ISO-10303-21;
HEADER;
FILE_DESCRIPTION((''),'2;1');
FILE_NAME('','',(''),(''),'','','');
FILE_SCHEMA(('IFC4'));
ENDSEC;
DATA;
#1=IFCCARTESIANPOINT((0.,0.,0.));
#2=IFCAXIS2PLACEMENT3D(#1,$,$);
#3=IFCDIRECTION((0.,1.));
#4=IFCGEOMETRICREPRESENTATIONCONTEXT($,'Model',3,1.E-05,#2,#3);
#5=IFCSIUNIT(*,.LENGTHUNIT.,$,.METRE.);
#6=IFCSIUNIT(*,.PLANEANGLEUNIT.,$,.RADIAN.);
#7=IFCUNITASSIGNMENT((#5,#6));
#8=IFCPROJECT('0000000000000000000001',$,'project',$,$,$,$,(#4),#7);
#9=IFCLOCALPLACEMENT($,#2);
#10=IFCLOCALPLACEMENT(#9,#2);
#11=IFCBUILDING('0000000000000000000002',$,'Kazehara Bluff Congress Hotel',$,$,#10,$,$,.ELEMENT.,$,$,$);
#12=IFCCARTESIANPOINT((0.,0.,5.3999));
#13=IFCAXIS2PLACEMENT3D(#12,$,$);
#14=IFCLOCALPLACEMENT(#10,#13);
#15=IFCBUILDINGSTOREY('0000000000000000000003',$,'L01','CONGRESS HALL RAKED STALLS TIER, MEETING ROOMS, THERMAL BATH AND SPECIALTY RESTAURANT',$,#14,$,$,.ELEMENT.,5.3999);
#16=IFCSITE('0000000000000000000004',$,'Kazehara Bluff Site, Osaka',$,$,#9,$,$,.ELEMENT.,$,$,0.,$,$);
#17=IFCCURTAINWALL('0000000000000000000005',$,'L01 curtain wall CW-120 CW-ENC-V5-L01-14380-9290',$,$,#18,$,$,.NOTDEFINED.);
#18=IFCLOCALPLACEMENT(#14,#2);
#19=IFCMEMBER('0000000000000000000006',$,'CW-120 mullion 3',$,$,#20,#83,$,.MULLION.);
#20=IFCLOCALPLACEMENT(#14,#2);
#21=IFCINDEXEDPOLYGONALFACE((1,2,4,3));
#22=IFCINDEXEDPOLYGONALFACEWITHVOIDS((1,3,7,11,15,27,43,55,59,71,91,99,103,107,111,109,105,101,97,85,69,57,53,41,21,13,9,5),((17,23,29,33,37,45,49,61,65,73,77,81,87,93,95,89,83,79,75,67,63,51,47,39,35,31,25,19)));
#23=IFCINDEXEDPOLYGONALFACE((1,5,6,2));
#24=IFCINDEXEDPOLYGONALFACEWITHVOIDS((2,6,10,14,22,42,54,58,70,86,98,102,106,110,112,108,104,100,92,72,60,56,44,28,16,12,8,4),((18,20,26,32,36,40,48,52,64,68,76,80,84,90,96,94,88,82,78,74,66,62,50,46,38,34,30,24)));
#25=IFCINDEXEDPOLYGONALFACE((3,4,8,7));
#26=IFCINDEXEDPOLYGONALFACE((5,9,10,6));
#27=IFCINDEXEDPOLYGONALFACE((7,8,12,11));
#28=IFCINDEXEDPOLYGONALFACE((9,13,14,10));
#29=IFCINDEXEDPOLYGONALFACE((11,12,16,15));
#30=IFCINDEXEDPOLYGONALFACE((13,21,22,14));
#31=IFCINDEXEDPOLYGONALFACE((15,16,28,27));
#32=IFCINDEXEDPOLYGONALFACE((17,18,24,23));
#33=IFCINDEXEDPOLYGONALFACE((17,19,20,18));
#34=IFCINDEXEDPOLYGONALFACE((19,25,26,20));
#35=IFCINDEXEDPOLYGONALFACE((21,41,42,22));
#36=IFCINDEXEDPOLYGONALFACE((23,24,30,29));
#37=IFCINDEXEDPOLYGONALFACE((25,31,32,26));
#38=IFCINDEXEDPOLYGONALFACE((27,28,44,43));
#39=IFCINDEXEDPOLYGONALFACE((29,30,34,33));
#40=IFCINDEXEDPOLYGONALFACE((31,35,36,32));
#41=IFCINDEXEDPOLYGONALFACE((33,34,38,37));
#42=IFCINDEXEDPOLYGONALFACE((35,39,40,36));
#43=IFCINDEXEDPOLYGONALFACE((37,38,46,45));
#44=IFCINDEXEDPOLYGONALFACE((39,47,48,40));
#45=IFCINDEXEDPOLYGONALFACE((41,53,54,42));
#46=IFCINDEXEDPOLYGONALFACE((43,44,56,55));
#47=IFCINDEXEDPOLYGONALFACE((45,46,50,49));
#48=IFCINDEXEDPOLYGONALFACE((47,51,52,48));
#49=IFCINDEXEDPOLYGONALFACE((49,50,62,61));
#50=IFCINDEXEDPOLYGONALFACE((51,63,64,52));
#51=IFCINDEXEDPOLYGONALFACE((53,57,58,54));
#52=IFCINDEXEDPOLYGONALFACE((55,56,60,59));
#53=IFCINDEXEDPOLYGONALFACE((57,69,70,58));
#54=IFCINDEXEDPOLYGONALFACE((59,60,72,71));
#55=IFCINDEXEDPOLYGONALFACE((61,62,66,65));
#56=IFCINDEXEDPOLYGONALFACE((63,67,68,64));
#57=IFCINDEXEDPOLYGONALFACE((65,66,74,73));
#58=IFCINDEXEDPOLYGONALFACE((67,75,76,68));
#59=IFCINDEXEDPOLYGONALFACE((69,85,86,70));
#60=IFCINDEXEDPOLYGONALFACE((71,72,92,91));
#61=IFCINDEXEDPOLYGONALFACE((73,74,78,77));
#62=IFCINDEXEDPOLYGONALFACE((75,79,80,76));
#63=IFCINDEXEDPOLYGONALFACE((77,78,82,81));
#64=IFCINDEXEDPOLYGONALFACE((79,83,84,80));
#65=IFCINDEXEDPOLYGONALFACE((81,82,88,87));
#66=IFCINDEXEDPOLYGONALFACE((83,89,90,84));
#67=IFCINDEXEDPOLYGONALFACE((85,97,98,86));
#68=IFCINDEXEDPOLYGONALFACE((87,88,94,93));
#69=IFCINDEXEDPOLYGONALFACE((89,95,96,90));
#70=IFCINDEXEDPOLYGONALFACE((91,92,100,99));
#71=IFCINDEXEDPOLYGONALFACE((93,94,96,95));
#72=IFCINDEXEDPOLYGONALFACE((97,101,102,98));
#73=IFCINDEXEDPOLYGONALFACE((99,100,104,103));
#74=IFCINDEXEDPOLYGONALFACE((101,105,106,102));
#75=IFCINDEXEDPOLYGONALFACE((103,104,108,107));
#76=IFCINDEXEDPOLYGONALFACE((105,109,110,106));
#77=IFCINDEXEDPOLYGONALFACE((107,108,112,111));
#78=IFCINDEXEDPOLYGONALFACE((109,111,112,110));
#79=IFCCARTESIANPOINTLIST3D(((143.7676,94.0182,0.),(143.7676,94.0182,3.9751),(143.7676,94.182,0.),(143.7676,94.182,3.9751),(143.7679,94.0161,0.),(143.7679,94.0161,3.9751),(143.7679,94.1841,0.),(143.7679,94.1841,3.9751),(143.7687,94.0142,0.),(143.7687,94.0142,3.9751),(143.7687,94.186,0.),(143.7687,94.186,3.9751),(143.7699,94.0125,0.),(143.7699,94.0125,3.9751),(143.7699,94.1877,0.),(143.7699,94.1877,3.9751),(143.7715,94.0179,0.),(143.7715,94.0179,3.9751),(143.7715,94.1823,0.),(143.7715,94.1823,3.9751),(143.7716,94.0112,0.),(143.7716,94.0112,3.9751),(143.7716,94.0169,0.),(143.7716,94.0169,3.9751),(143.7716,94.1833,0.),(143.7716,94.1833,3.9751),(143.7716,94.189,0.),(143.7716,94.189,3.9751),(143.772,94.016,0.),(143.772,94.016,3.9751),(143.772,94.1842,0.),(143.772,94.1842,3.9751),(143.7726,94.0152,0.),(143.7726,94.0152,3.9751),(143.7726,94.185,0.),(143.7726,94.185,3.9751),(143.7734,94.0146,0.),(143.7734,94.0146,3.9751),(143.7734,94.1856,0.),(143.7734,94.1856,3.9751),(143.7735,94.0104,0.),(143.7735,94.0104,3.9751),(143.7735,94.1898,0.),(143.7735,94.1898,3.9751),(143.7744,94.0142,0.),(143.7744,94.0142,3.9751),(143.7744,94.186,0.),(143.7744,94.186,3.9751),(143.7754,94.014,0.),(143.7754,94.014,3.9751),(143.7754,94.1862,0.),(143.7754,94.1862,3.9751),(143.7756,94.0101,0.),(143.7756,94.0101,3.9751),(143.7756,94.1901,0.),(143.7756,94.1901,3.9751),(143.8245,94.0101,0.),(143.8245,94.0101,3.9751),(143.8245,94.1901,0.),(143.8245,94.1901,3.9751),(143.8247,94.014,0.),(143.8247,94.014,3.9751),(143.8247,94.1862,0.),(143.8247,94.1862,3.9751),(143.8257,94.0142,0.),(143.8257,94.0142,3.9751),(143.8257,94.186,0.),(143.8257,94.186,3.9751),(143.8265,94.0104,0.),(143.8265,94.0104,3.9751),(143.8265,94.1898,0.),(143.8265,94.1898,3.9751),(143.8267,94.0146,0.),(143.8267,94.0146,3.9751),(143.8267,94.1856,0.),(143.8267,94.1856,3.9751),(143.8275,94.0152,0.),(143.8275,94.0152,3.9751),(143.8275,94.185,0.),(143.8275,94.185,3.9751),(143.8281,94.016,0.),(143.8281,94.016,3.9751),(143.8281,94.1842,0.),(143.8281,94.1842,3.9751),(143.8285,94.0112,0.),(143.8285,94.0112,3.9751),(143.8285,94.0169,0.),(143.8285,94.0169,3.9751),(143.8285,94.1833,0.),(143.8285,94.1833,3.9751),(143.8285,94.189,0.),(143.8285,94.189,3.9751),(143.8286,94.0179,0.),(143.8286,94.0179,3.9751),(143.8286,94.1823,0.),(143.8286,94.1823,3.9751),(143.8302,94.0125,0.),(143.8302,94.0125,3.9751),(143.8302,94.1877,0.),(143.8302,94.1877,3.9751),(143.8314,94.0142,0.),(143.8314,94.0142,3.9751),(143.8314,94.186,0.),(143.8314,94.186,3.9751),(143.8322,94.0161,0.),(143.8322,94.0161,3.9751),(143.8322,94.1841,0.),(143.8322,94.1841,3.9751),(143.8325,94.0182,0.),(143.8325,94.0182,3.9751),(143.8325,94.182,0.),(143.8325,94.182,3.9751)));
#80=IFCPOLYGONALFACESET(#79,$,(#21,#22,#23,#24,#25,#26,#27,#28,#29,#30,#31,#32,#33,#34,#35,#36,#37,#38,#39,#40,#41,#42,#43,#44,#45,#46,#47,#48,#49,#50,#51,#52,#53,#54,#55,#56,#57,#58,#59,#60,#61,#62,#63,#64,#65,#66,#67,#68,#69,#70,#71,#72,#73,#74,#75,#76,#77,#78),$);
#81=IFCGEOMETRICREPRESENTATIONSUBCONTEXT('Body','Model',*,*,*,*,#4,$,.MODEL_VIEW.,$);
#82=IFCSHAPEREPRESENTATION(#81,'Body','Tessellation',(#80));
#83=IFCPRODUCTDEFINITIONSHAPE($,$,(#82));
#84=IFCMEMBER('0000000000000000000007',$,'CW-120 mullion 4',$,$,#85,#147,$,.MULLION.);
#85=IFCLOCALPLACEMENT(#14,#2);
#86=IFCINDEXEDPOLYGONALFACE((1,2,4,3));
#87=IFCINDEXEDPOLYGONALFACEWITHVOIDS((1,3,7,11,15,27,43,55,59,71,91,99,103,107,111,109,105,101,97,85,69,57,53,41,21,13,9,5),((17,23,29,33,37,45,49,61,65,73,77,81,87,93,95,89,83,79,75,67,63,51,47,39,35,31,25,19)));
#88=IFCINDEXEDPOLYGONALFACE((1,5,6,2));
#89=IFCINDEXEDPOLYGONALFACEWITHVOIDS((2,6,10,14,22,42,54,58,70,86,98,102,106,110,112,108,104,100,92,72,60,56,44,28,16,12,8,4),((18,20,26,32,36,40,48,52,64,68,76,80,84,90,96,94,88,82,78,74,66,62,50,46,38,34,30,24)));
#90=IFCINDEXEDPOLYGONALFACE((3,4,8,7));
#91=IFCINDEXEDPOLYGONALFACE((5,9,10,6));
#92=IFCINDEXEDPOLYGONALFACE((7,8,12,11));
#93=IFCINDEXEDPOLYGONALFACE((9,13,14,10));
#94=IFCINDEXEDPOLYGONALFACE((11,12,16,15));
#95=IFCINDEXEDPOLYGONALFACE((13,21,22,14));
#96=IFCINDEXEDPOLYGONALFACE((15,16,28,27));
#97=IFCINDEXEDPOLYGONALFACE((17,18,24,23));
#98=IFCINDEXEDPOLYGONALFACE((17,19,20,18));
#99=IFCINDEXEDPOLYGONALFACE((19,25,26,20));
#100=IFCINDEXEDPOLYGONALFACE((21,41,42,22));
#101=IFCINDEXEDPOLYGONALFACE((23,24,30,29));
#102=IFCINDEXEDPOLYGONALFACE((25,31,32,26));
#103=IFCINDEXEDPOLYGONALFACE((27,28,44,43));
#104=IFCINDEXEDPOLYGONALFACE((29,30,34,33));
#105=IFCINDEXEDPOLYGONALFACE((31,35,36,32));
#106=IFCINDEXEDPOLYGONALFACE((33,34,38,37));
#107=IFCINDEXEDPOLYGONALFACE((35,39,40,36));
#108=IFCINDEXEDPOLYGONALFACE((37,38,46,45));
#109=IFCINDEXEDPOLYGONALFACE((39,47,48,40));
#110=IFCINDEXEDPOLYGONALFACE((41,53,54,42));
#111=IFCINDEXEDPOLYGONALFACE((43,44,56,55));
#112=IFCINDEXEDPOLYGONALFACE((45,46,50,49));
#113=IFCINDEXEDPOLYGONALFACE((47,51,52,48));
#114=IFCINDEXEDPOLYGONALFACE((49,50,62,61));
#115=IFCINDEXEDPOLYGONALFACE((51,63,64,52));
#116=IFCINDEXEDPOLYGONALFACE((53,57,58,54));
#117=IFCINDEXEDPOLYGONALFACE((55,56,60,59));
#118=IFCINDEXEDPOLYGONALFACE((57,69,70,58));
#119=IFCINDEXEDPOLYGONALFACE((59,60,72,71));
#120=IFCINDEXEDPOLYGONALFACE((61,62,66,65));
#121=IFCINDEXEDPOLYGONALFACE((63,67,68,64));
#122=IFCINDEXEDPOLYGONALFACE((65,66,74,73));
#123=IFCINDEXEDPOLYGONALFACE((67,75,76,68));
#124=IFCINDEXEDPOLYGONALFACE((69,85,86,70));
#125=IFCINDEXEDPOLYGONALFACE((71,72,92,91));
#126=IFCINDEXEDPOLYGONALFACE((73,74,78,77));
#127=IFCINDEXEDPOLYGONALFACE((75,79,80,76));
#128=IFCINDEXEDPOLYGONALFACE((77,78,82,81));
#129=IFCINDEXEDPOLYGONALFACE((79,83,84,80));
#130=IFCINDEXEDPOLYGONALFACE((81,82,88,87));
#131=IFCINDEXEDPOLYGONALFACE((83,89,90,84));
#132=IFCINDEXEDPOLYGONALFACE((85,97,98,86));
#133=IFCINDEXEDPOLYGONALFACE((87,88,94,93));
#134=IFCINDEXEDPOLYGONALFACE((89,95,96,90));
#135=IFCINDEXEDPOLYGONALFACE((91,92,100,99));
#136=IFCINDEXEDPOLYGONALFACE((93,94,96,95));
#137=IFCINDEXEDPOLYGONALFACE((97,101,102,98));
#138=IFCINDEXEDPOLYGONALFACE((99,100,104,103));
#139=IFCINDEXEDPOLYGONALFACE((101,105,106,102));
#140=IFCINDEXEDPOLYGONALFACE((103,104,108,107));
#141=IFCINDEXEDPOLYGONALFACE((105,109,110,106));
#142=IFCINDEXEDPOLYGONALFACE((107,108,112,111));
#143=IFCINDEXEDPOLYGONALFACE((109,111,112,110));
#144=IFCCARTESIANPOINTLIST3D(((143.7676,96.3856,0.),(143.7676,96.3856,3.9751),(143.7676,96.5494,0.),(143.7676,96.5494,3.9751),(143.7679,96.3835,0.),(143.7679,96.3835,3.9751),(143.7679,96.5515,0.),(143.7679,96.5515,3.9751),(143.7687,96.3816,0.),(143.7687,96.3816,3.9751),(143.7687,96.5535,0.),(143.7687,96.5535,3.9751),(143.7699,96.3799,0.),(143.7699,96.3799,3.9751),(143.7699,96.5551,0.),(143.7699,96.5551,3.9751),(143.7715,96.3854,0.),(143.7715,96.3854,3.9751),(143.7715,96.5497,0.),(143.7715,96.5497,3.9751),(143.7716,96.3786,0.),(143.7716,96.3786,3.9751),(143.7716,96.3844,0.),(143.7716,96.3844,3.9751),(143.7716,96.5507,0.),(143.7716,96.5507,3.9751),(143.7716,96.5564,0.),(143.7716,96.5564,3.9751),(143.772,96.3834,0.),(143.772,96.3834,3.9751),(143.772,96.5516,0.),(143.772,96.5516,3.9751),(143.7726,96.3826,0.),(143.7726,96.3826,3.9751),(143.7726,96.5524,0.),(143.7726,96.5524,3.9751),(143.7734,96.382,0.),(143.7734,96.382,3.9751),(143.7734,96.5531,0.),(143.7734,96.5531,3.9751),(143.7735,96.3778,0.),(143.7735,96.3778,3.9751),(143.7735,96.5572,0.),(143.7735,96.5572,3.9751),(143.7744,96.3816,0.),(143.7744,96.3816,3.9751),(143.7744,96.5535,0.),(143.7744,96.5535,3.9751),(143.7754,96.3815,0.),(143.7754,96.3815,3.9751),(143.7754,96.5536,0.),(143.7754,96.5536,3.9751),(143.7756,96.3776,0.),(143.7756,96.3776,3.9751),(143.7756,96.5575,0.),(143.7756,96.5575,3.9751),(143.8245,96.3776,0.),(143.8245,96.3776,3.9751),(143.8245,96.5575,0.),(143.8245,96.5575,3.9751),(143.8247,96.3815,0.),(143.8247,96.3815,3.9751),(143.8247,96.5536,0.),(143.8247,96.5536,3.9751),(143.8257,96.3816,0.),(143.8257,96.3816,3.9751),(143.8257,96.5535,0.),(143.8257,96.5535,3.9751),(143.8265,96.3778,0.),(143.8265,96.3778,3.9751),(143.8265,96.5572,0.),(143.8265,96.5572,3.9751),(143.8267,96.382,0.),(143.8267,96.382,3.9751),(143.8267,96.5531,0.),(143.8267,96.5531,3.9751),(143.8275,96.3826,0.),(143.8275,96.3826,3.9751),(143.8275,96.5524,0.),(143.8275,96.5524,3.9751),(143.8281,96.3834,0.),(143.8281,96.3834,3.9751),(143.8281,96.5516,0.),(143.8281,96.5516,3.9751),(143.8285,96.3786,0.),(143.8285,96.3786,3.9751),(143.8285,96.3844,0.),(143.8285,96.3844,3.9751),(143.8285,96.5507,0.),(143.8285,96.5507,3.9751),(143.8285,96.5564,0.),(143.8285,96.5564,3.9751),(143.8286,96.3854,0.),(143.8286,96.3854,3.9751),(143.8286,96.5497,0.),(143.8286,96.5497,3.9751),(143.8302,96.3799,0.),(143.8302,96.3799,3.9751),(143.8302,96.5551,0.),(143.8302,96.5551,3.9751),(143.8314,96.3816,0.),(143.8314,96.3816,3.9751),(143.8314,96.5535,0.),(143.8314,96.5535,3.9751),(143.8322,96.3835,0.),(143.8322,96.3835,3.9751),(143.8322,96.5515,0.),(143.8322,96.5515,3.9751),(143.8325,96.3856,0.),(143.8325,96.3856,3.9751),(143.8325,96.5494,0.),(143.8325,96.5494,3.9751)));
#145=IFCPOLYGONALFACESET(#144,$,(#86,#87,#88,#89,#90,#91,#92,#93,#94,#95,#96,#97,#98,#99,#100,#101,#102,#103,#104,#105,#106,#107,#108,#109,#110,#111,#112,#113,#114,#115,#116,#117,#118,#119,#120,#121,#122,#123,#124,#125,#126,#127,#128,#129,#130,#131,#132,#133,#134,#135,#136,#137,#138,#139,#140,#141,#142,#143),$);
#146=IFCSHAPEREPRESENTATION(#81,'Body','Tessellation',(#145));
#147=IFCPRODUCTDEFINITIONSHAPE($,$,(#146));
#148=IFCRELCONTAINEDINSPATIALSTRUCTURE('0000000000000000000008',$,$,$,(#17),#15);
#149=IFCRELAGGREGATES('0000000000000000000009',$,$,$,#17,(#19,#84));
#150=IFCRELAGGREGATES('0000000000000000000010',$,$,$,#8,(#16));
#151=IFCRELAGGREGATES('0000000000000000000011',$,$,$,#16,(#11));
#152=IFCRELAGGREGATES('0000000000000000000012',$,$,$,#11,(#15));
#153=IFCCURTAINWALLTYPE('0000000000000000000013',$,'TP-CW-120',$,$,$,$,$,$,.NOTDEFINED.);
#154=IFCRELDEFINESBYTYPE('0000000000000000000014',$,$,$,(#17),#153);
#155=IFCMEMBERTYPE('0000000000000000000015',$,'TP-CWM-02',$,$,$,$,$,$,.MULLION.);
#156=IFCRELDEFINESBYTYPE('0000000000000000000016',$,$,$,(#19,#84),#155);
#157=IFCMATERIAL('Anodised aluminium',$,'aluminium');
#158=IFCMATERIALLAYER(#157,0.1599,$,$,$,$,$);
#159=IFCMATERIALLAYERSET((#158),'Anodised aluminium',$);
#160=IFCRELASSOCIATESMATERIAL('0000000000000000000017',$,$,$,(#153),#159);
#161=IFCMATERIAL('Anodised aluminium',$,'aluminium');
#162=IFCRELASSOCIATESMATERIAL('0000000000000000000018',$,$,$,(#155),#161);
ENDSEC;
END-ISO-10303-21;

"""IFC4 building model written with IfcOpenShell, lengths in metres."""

from ifc_helpers import new_model, si_unit, direction, frame, origin, origin_2d, place, context, subcontext, project, spatial, hollow_rectangle, extrude, material, layer, layer_set, material_profile, profile_set, type_object, element, aggregate, save


model = new_model("IFC4")

# Units and contexts
model_context = context("Model", 3, precision=1e-05, world=origin(), true_north=direction((0.0, 1.0)))
body_context = subcontext(model_context, "Body", "Model", "MODEL_VIEW")
ifc_project = project(units=[si_unit("LENGTHUNIT", "METRE"), si_unit("PLANEANGLEUNIT", "RADIAN")], contexts=[model_context])

# Site, building, storey
site_placement = place(None, origin())
site = spatial("IfcSite", under=ifc_project, at=site_placement, Name="Kazehara Bluff Site, Osaka", CompositionType="ELEMENT", RefElevation=0.0)
building_placement = place(site_placement, origin())
building = spatial("IfcBuilding", under=site, at=building_placement, Name="Kazehara Bluff Congress Hotel", CompositionType="ELEMENT")
storey_placement = place(building_placement, frame((0.0, 0.0, 5.3999)))
storey = spatial("IfcBuildingStorey", under=building, at=storey_placement, Name="L01", Description="CONGRESS HALL RAKED STALLS TIER, MEETING ROOMS, THERMAL BATH AND SPECIALTY RESTAURANT", CompositionType="ELEMENT", Elevation=5.3999)

# Curtain wall, members
ifc_material_1 = material(Name="Anodised aluminium", Category="aluminium")
ifc_layer_1 = layer(ifc_material_1, 0.1599)
ifc_layer_set_1 = layer_set([ifc_layer_1], Name="Anodised aluminium")
curtain_wall_type_1 = type_object("IfcCurtainWallType", Name="TP-CW-120", PredefinedType="NOTDEFINED", material=ifc_layer_set_1)
curtain_wall_1_placement = place(storey_placement, origin())
curtain_wall_1 = element("IfcCurtainWall", 1, at=curtain_wall_1_placement, inside=storey, type_object=curtain_wall_type_1, Name="L01 curtain wall CW-120 CW-ENC-V5-L01-14380-9290", PredefinedType="NOTDEFINED")
ifc_material_2 = material(Name="Anodised aluminium", Category="aluminium")
ifc_material_profile_1 = material_profile(ifc_material_2, hollow_rectangle(XDim=0.0649, YDim=0.1799, WallThickness=0.0039, InnerFilletRadius=0.0039, OuterFilletRadius=0.0081, at=origin_2d()))
ifc_profile_set_1 = profile_set([ifc_material_profile_1], Name="Anodised aluminium")
member_type_1 = type_object("IfcMemberType", Name="TP-CWM-02", PredefinedType="MULLION", material=ifc_profile_set_1)
member_1_placement = place(storey_placement, frame((143.8, 94.1001, 0.0), z_axis=(0.0, 0.0, 1.0), x_axis=(-1.0, 0.0, 0.0)))
member_1 = element("IfcMember", 2, at=member_1_placement, type_object=member_type_1, Name="CW-120 mullion 3", PredefinedType="MULLION", context=body_context, shape_type="SweptSolid", body=[
    extrude(hollow_rectangle(XDim=0.0649, YDim=0.1799, WallThickness=0.0039, InnerFilletRadius=0.0039, OuterFilletRadius=0.0081, at=origin_2d()), origin(), (0.0, 0.0, 1.0), 3.9751),
])
member_2_placement = place(storey_placement, frame((143.8, 96.4675, 0.0), z_axis=(0.0, 0.0, 1.0), x_axis=(-1.0, 0.0, 0.0)))
member_2 = element("IfcMember", 3, at=member_2_placement, type_object=member_type_1, Name="CW-120 mullion 4", PredefinedType="MULLION", context=body_context, shape_type="SweptSolid", body=[
    extrude(hollow_rectangle(XDim=0.0649, YDim=0.1799, WallThickness=0.0039, InnerFilletRadius=0.0039, OuterFilletRadius=0.0081, at=origin_2d()), origin(), (0.0, 0.0, 1.0), 3.9751),
])

aggregate(curtain_wall_1, [member_1, member_2])

save(model, "model.ifc")
